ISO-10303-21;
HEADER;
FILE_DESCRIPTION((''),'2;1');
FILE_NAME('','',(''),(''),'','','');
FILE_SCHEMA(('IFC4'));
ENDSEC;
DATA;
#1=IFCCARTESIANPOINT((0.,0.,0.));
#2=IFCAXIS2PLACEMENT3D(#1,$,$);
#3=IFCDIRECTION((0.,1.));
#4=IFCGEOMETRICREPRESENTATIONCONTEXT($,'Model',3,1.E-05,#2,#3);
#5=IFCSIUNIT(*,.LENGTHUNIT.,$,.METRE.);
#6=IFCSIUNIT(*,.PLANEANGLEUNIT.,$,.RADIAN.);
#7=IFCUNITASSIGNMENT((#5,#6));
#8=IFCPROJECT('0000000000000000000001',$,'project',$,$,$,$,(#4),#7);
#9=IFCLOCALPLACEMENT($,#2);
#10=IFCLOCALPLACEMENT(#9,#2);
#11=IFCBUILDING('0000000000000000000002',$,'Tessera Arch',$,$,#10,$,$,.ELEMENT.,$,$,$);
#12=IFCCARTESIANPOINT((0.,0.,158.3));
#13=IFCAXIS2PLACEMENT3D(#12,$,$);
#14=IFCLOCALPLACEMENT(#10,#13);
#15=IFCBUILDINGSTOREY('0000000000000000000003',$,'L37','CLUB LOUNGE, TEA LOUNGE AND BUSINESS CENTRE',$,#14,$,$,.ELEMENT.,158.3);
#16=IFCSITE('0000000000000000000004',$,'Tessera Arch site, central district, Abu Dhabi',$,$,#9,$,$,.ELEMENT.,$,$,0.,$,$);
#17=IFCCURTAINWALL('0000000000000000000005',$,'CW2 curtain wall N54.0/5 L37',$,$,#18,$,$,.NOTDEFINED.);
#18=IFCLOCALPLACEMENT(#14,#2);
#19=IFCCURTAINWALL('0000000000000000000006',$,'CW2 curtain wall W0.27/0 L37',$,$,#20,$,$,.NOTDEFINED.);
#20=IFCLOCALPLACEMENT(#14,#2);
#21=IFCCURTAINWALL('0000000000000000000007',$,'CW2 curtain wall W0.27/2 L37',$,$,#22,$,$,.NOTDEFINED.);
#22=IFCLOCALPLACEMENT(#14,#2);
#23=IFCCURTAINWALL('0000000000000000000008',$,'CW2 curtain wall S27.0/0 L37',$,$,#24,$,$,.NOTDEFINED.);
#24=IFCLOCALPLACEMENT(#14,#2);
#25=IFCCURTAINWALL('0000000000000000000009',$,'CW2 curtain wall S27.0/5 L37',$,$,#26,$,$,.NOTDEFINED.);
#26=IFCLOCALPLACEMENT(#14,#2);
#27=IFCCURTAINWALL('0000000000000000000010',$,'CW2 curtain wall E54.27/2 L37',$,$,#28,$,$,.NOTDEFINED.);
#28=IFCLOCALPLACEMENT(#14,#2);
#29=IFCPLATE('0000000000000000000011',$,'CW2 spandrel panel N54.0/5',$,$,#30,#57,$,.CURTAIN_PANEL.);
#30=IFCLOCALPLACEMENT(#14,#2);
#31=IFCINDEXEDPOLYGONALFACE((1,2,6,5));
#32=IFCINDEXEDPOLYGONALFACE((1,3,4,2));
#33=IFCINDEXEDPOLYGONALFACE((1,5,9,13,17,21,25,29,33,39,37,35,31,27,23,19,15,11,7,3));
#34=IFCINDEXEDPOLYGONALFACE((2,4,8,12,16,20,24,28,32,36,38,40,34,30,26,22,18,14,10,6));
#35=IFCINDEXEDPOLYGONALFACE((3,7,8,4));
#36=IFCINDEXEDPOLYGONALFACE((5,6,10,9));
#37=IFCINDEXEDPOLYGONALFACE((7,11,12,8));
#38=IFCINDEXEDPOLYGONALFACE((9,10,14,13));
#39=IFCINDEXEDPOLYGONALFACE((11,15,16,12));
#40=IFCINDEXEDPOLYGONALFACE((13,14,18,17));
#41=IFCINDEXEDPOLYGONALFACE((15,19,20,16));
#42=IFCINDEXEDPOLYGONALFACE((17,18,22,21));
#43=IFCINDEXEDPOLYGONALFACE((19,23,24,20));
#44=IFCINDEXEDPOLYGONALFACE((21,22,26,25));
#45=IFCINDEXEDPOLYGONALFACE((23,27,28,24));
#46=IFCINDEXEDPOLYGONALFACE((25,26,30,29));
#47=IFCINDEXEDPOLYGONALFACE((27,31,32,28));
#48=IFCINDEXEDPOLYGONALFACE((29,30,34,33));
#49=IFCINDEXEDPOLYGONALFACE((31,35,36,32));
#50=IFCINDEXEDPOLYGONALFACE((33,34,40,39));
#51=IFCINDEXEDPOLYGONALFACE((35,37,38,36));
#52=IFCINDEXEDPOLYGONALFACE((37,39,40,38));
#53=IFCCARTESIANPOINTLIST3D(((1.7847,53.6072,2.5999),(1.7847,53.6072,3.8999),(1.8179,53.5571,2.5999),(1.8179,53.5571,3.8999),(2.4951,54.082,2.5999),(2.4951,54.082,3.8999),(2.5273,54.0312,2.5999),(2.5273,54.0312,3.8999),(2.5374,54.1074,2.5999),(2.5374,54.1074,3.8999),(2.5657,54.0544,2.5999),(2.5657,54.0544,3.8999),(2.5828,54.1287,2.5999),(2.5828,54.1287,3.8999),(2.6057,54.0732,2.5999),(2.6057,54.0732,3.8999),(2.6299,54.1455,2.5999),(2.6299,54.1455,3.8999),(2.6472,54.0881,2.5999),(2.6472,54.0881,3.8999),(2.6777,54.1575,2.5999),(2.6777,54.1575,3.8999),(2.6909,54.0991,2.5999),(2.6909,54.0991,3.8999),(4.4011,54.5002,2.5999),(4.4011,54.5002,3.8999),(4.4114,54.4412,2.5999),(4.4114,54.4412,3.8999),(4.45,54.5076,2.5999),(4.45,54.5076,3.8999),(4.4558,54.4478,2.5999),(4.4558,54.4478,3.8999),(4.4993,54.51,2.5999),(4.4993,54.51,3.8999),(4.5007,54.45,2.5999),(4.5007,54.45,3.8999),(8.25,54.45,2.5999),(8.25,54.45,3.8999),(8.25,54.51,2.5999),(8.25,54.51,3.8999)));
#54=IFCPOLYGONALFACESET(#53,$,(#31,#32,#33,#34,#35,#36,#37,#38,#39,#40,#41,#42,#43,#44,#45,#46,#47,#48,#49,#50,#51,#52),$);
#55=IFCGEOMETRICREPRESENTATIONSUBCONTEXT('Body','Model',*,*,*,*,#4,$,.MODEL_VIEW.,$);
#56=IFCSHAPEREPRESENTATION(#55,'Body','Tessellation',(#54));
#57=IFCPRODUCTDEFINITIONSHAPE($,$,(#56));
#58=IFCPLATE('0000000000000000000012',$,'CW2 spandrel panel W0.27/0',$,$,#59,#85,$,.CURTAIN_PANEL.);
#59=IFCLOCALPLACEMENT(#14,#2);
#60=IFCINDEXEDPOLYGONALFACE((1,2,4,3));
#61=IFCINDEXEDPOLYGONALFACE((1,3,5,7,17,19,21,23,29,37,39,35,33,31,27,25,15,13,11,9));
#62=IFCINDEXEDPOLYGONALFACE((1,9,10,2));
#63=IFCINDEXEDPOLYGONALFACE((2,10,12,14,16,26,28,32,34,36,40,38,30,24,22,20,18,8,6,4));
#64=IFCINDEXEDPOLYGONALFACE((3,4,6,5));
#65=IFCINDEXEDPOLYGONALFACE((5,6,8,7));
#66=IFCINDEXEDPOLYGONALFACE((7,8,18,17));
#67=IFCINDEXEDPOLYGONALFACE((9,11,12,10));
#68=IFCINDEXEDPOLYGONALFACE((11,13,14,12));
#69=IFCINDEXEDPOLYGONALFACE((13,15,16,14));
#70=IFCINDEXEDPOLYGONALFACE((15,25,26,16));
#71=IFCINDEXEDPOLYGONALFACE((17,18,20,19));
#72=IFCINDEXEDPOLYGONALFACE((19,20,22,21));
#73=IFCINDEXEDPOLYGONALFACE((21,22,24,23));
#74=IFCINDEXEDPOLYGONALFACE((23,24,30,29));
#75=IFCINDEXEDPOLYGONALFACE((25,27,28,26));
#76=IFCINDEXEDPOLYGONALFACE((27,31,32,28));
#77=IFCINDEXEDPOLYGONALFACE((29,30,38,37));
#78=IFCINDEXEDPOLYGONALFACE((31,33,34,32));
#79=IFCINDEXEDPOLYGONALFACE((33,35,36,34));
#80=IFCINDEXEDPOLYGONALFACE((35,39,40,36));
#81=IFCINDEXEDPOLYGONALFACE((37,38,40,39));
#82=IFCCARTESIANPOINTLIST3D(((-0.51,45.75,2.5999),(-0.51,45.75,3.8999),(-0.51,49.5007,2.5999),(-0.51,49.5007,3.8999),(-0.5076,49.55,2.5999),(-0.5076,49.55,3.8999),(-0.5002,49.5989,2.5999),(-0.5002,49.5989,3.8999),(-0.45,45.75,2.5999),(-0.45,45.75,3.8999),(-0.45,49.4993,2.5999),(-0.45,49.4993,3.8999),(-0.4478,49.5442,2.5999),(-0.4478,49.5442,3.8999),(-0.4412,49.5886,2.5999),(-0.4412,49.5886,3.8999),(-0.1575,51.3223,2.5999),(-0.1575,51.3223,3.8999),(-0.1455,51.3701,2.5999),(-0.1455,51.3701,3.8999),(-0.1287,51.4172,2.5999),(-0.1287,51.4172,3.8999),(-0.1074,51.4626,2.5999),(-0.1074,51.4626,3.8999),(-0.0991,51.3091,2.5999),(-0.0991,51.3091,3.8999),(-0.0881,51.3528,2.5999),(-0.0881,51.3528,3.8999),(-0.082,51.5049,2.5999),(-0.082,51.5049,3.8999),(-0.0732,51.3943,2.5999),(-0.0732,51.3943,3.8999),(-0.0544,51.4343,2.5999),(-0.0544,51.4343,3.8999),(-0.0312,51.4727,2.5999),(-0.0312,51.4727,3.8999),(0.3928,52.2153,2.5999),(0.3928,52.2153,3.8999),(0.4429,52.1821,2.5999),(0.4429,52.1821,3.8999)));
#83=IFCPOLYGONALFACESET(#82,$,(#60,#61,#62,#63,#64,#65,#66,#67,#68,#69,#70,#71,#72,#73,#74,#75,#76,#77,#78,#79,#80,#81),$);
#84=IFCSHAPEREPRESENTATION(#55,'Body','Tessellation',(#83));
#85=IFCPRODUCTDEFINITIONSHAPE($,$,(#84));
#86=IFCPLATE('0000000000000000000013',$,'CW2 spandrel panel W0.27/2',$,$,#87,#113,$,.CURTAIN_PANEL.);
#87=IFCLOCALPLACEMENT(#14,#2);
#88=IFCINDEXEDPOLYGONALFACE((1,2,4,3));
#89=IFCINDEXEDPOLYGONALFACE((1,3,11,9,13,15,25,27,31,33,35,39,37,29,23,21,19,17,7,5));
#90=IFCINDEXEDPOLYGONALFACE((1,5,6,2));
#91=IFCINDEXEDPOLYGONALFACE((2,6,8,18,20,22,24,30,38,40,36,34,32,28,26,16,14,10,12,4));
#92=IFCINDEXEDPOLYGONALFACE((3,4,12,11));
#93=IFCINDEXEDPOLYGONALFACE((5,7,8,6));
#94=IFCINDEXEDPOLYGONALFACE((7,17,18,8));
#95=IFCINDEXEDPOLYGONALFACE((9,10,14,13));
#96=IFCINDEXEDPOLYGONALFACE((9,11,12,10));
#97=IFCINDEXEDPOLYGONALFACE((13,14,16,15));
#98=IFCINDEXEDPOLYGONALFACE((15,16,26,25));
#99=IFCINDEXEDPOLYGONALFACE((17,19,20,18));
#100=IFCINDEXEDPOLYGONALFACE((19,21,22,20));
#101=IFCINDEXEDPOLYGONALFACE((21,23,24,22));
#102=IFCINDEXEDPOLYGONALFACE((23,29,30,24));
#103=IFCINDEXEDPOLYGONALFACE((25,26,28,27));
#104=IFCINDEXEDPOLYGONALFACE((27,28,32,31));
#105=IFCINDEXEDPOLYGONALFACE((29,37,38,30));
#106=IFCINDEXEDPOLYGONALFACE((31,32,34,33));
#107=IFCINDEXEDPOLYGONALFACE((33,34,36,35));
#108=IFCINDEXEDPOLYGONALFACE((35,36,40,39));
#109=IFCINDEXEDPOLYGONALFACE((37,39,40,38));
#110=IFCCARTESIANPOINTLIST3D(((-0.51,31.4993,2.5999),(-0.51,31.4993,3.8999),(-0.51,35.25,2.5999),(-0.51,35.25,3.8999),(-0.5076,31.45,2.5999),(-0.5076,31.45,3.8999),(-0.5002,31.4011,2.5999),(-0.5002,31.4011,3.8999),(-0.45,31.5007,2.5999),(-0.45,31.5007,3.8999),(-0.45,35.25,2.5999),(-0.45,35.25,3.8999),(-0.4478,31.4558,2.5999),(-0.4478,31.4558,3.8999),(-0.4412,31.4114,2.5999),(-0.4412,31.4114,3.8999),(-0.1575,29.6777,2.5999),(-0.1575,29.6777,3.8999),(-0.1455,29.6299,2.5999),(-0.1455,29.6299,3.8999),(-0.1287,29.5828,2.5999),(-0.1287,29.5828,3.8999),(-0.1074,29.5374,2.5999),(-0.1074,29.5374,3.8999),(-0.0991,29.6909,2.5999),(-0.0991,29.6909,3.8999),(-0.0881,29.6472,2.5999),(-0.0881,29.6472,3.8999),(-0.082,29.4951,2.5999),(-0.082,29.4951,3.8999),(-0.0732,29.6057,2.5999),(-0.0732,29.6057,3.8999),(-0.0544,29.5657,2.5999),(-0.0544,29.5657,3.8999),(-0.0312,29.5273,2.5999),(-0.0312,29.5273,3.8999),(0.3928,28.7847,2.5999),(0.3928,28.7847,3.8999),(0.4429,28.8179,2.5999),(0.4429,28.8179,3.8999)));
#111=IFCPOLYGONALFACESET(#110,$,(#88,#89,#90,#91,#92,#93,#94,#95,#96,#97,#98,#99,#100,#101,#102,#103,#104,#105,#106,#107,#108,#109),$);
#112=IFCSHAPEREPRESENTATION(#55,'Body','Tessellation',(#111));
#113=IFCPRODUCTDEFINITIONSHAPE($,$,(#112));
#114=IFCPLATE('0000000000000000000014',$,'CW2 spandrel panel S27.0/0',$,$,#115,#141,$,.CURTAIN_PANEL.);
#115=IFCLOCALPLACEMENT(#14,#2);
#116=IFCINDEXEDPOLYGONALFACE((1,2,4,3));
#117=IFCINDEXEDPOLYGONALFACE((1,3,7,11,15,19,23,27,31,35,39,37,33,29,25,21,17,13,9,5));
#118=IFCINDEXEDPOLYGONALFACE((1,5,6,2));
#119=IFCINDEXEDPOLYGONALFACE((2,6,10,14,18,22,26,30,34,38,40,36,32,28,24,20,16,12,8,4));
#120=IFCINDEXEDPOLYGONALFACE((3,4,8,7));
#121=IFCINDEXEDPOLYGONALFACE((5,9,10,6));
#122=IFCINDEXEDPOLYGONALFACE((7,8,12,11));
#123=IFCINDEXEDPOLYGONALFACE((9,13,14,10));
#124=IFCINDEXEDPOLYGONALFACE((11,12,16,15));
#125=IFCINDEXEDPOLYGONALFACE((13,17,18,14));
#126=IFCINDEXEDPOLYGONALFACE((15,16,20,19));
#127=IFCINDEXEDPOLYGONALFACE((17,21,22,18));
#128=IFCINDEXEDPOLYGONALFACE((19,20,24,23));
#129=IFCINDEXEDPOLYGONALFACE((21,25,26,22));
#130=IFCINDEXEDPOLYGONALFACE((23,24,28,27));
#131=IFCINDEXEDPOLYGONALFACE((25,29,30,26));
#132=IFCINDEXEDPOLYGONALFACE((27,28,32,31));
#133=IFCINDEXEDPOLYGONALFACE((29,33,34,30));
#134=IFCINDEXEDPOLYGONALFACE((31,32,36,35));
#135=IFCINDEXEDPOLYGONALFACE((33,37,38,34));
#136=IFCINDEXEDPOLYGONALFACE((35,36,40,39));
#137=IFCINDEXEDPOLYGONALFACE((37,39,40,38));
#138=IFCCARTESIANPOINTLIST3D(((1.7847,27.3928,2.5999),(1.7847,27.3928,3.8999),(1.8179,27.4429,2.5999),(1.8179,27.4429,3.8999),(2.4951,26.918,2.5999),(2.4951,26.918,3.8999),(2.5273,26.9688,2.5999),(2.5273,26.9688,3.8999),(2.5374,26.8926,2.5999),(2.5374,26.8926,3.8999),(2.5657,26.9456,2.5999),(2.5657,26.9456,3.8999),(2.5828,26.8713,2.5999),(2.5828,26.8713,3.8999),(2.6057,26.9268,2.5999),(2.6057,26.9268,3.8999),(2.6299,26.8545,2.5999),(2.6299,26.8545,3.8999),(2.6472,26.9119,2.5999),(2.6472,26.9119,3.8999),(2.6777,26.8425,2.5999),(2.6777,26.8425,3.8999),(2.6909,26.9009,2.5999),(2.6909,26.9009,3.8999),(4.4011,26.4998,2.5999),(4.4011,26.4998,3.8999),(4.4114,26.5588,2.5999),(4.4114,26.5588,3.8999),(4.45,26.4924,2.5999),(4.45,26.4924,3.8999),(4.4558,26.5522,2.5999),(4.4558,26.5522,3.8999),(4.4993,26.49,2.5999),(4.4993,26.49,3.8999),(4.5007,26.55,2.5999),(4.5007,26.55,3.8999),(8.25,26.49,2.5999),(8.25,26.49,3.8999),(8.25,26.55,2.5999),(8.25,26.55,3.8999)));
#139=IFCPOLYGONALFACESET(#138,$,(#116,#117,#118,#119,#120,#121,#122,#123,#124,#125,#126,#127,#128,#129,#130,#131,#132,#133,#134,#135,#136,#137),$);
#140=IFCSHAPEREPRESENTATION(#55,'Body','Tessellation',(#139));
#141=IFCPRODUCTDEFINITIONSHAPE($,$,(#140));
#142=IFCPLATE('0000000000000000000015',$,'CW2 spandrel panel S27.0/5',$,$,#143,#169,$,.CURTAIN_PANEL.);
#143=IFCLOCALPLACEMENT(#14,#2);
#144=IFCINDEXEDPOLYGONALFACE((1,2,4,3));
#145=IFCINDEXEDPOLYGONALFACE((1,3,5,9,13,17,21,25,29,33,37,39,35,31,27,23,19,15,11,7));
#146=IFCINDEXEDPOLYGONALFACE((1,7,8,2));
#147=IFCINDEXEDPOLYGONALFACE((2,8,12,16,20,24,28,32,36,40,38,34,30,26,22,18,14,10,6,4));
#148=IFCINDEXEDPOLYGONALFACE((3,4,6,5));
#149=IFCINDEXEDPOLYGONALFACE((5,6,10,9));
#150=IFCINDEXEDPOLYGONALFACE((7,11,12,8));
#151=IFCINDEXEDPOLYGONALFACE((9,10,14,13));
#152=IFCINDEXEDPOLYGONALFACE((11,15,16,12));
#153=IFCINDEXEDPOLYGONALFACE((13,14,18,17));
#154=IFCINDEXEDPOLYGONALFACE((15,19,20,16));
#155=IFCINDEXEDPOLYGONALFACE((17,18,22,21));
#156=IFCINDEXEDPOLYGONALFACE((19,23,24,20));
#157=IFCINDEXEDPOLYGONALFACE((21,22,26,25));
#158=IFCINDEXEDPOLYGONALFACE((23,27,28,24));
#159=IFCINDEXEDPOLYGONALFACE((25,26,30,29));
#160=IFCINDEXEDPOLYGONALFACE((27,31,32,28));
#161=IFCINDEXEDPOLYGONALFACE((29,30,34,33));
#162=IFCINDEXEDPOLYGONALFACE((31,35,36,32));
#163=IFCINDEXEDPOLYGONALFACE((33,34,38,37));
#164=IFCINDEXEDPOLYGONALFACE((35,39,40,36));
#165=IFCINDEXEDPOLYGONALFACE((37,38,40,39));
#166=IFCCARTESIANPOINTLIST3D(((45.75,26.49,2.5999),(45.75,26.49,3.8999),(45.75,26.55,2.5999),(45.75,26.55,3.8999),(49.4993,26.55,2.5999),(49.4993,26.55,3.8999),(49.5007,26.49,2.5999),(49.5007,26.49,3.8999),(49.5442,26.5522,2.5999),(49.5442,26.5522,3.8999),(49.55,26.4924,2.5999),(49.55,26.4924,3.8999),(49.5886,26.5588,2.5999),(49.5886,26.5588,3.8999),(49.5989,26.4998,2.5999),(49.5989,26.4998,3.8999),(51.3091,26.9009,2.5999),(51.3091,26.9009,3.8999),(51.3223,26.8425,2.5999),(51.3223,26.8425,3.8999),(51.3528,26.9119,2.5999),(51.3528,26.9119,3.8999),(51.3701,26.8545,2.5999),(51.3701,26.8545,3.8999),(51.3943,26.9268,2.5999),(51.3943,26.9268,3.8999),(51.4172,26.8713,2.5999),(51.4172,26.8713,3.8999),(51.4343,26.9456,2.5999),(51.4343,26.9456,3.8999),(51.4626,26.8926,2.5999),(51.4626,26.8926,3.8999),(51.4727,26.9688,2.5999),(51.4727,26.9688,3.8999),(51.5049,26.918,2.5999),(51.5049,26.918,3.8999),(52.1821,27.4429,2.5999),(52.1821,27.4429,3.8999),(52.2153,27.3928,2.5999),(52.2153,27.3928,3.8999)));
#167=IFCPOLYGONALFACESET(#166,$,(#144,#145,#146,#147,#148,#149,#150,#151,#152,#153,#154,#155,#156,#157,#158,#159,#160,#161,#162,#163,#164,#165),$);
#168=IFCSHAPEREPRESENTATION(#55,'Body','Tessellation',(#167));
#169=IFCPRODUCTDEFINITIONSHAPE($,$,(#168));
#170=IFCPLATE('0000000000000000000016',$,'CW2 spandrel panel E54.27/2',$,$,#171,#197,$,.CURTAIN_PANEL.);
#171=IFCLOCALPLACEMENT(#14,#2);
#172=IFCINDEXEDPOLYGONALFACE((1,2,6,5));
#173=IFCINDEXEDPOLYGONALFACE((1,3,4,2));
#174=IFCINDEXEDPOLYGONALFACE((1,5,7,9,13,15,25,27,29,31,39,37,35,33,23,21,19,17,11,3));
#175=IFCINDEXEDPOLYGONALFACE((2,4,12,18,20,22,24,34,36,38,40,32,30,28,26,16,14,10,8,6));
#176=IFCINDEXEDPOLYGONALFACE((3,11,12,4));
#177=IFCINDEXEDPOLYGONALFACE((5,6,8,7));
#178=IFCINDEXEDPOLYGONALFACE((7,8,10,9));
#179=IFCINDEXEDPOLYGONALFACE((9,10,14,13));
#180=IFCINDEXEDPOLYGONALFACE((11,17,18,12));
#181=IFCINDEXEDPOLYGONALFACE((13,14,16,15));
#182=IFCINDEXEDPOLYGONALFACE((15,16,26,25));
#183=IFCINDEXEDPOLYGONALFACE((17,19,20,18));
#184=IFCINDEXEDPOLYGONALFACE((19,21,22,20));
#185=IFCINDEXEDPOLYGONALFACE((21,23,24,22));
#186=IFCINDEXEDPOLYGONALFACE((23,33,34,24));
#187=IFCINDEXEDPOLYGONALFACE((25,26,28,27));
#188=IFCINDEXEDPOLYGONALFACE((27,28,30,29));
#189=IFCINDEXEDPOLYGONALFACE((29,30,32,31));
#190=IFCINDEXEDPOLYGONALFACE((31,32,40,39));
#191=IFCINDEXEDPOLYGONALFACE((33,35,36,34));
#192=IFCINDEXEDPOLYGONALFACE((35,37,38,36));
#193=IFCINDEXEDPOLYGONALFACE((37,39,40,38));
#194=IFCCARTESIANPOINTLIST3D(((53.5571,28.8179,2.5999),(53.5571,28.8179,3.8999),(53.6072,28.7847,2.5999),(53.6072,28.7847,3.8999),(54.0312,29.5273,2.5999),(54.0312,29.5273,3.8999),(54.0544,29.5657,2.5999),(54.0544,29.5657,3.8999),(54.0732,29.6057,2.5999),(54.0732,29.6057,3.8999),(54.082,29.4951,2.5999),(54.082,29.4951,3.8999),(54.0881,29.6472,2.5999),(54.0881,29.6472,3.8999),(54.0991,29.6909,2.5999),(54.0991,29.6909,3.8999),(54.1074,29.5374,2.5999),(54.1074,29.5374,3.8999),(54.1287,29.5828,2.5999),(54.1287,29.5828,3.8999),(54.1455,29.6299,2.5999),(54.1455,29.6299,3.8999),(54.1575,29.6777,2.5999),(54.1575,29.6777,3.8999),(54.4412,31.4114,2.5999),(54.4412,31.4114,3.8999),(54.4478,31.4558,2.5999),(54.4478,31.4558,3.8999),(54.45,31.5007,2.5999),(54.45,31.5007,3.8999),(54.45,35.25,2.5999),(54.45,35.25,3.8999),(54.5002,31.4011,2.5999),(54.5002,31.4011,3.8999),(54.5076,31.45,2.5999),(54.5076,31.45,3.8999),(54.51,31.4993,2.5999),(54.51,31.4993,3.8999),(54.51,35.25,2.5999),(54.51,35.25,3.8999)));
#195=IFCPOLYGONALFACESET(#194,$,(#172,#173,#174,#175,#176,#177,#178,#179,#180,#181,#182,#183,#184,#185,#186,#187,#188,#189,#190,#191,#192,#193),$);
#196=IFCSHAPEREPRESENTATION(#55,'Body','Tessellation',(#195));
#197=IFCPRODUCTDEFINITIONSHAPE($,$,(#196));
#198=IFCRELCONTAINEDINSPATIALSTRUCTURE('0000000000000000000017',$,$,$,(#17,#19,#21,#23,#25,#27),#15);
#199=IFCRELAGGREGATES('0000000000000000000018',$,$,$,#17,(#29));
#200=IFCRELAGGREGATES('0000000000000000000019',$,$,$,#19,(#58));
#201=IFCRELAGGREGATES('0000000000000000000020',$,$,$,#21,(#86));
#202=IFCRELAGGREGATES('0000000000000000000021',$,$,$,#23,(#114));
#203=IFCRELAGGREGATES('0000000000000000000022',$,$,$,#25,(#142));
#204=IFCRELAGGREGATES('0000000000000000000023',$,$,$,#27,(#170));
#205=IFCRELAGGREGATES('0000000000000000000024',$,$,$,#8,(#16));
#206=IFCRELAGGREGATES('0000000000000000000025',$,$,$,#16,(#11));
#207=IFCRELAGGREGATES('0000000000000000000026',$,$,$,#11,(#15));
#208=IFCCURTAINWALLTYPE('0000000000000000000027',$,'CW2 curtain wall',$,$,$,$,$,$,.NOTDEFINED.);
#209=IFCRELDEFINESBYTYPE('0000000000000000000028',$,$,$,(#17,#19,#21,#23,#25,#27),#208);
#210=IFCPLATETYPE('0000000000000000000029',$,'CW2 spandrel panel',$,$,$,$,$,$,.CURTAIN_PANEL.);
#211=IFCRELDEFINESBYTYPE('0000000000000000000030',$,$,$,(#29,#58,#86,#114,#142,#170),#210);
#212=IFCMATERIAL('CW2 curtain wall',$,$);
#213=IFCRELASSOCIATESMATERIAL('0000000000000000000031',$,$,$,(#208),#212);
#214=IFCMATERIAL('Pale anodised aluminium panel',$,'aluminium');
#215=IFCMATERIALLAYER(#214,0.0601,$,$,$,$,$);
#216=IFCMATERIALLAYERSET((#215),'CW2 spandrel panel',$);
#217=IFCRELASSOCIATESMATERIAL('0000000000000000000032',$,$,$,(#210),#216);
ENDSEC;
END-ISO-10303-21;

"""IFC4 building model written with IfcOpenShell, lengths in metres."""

from ifc_helpers import new_model, si_unit, direction, frame, origin, place, context, subcontext, project, spatial, polyline, outline, extrude, material, layer, layer_set, type_object, element, aggregate, save


model = new_model("IFC4")

# Units and contexts
model_context = context("Model", 3, precision=1e-05, world=origin(), true_north=direction((0.0, 1.0)))
body_context = subcontext(model_context, "Body", "Model", "MODEL_VIEW")
ifc_project = project(units=[si_unit("LENGTHUNIT", "METRE"), si_unit("PLANEANGLEUNIT", "RADIAN")], contexts=[model_context])

# Site, building, storey
site_placement = place(None, origin())
site = spatial("IfcSite", under=ifc_project, at=site_placement, Name="Tessera Arch site, central district, Abu Dhabi", CompositionType="ELEMENT", RefElevation=0.0)
building_placement = place(site_placement, origin())
building = spatial("IfcBuilding", under=site, at=building_placement, Name="Tessera Arch", CompositionType="ELEMENT")
storey_placement = place(building_placement, frame((0.0, 0.0, 158.3)))
storey = spatial("IfcBuildingStorey", under=building, at=storey_placement, Name="L37", Description="CLUB LOUNGE, TEA LOUNGE AND BUSINESS CENTRE", CompositionType="ELEMENT", Elevation=158.3)

# Curtain walls
ifc_material_1 = material(Name="CW2 curtain wall")
curtain_wall_type = type_object("IfcCurtainWallType", Name="CW2 curtain wall", PredefinedType="NOTDEFINED", material=ifc_material_1)
curtain_wall_1_placement = place(storey_placement, origin())
curtain_wall_1 = element("IfcCurtainWall", 1, at=curtain_wall_1_placement, inside=storey, type_object=curtain_wall_type, Name="CW2 curtain wall N54.0/5 L37", PredefinedType="NOTDEFINED")
curtain_wall_2_placement = place(storey_placement, origin())
curtain_wall_2 = element("IfcCurtainWall", 2, at=curtain_wall_2_placement, inside=storey, type_object=curtain_wall_type, Name="CW2 curtain wall W0.27/0 L37", PredefinedType="NOTDEFINED")
curtain_wall_3_placement = place(storey_placement, origin())
curtain_wall_3 = element("IfcCurtainWall", 3, at=curtain_wall_3_placement, inside=storey, type_object=curtain_wall_type, Name="CW2 curtain wall W0.27/2 L37", PredefinedType="NOTDEFINED")
curtain_wall_4_placement = place(storey_placement, origin())
curtain_wall_4 = element("IfcCurtainWall", 4, at=curtain_wall_4_placement, inside=storey, type_object=curtain_wall_type, Name="CW2 curtain wall S27.0/0 L37", PredefinedType="NOTDEFINED")
curtain_wall_5_placement = place(storey_placement, origin())
curtain_wall_5 = element("IfcCurtainWall", 5, at=curtain_wall_5_placement, inside=storey, type_object=curtain_wall_type, Name="CW2 curtain wall S27.0/5 L37", PredefinedType="NOTDEFINED")
curtain_wall_6_placement = place(storey_placement, origin())
curtain_wall_6 = element("IfcCurtainWall", 6, at=curtain_wall_6_placement, inside=storey, type_object=curtain_wall_type, Name="CW2 curtain wall E54.27/2 L37", PredefinedType="NOTDEFINED")

# Plates
ifc_material_2 = material(Name="Pale anodised aluminium panel", Category="aluminium")
ifc_layer_1 = layer(ifc_material_2, 0.0601)
ifc_layer_set_1 = layer_set([ifc_layer_1], Name="CW2 spandrel panel")
plate_type_1 = type_object("IfcPlateType", Name="CW2 spandrel panel", PredefinedType="CURTAIN_PANEL", material=ifc_layer_set_1)
plate_1_placement = place(storey_placement, frame((0.0, 0.0, 2.5999)))
plate_1 = element("IfcPlate", 7, at=plate_1_placement, type_object=plate_type_1, Name="CW2 spandrel panel N54.0/5", PredefinedType="CURTAIN_PANEL", context=body_context, shape_type="SweptSolid", body=[
    extrude(outline(polyline([(4.5007, 54.45), (8.25, 54.45), (8.25, 54.51), (4.4993, 54.51), (4.45, 54.5076), (4.4011, 54.5002), (2.6777, 54.1575), (2.6299, 54.1455), (2.5828, 54.1287), (2.5374, 54.1074), (2.4951, 54.082), (1.7847, 53.6072), (1.8179, 53.5571), (2.5273, 54.0312), (2.5657, 54.0544), (2.6057, 54.0732), (2.6472, 54.0881), (2.6909, 54.0991), (4.4114, 54.4412), (4.4558, 54.4478), (4.5007, 54.45)])), origin(), (0.0, 0.0, 1.0), 1.3),
])
aggregate(curtain_wall_1, [plate_1])
plate_2_placement = place(storey_placement, frame((0.0, 0.0, 2.5999)))
plate_2 = element("IfcPlate", 8, at=plate_2_placement, type_object=plate_type_1, Name="CW2 spandrel panel W0.27/0", PredefinedType="CURTAIN_PANEL", context=body_context, shape_type="SweptSolid", body=[
    extrude(outline(polyline([(-0.0312, 51.4727), (0.4429, 52.1821), (0.3928, 52.2153), (-0.082, 51.5049), (-0.1074, 51.4626), (-0.1287, 51.4172), (-0.1455, 51.3701), (-0.1575, 51.3223), (-0.5002, 49.5989), (-0.5076, 49.55), (-0.51, 49.5007), (-0.51, 45.75), (-0.45, 45.75), (-0.45, 49.4993), (-0.4478, 49.5442), (-0.4412, 49.5886), (-0.0991, 51.3091), (-0.0881, 51.3528), (-0.0732, 51.3943), (-0.0544, 51.4343), (-0.0312, 51.4727)])), origin(), (0.0, 0.0, 1.0), 1.3),
])
aggregate(curtain_wall_2, [plate_2])
plate_3_placement = place(storey_placement, frame((0.0, 0.0, 2.5999)))
plate_3 = element("IfcPlate", 9, at=plate_3_placement, type_object=plate_type_1, Name="CW2 spandrel panel W0.27/2", PredefinedType="CURTAIN_PANEL", context=body_context, shape_type="SweptSolid", body=[
    extrude(outline(polyline([(-0.45, 31.5007), (-0.45, 35.25), (-0.51, 35.25), (-0.51, 31.4993), (-0.5076, 31.45), (-0.5002, 31.4011), (-0.1575, 29.6777), (-0.1455, 29.6299), (-0.1287, 29.5828), (-0.1074, 29.5374), (-0.082, 29.4951), (0.3928, 28.7847), (0.4429, 28.8179), (-0.0312, 29.5273), (-0.0544, 29.5657), (-0.0732, 29.6057), (-0.0881, 29.6472), (-0.0991, 29.6909), (-0.4412, 31.4114), (-0.4478, 31.4558), (-0.45, 31.5007)])), origin(), (0.0, 0.0, 1.0), 1.3),
])
aggregate(curtain_wall_3, [plate_3])
plate_4_placement = place(storey_placement, frame((0.0, 0.0, 2.5999)))
plate_4 = element("IfcPlate", 10, at=plate_4_placement, type_object=plate_type_1, Name="CW2 spandrel panel S27.0/0", PredefinedType="CURTAIN_PANEL", context=body_context, shape_type="SweptSolid", body=[
    extrude(outline(polyline([(2.5273, 26.9688), (1.8179, 27.4429), (1.7847, 27.3928), (2.4951, 26.918), (2.5374, 26.8926), (2.5828, 26.8713), (2.6299, 26.8545), (2.6777, 26.8425), (4.4011, 26.4998), (4.45, 26.4924), (4.4993, 26.49), (8.25, 26.49), (8.25, 26.55), (4.5007, 26.55), (4.4558, 26.5522), (4.4114, 26.5588), (2.6909, 26.9009), (2.6472, 26.9119), (2.6057, 26.9268), (2.5657, 26.9456), (2.5273, 26.9688)])), origin(), (0.0, 0.0, 1.0), 1.3),
])
aggregate(curtain_wall_4, [plate_4])
plate_5_placement = place(storey_placement, frame((0.0, 0.0, 2.5999)))
plate_5 = element("IfcPlate", 11, at=plate_5_placement, type_object=plate_type_1, Name="CW2 spandrel panel S27.0/5", PredefinedType="CURTAIN_PANEL", context=body_context, shape_type="SweptSolid", body=[
    extrude(outline(polyline([(49.4993, 26.55), (45.75, 26.55), (45.75, 26.49), (49.5007, 26.49), (49.55, 26.4924), (49.5989, 26.4998), (51.3223, 26.8425), (51.3701, 26.8545), (51.4172, 26.8713), (51.4626, 26.8926), (51.5049, 26.918), (52.2153, 27.3928), (52.1821, 27.4429), (51.4727, 26.9688), (51.4343, 26.9456), (51.3943, 26.9268), (51.3528, 26.9119), (51.3091, 26.9009), (49.5886, 26.5588), (49.5442, 26.5522), (49.4993, 26.55)])), origin(), (0.0, 0.0, 1.0), 1.3),
])
aggregate(curtain_wall_5, [plate_5])
plate_6_placement = place(storey_placement, frame((0.0, 0.0, 2.5999)))
plate_6 = element("IfcPlate", 12, at=plate_6_placement, type_object=plate_type_1, Name="CW2 spandrel panel E54.27/2", PredefinedType="CURTAIN_PANEL", context=body_context, shape_type="SweptSolid", body=[
    extrude(outline(polyline([(54.0312, 29.5273), (53.5571, 28.8179), (53.6072, 28.7847), (54.082, 29.4951), (54.1074, 29.5374), (54.1287, 29.5828), (54.1455, 29.6299), (54.1575, 29.6777), (54.5002, 31.4011), (54.5076, 31.45), (54.51, 31.4993), (54.51, 35.25), (54.45, 35.25), (54.45, 31.5007), (54.4478, 31.4558), (54.4412, 31.4114), (54.0991, 29.6909), (54.0881, 29.6472), (54.0732, 29.6057), (54.0544, 29.5657), (54.0312, 29.5273)])), origin(), (0.0, 0.0, 1.0), 1.3),
])
aggregate(curtain_wall_6, [plate_6])

save(model, "model.ifc")
